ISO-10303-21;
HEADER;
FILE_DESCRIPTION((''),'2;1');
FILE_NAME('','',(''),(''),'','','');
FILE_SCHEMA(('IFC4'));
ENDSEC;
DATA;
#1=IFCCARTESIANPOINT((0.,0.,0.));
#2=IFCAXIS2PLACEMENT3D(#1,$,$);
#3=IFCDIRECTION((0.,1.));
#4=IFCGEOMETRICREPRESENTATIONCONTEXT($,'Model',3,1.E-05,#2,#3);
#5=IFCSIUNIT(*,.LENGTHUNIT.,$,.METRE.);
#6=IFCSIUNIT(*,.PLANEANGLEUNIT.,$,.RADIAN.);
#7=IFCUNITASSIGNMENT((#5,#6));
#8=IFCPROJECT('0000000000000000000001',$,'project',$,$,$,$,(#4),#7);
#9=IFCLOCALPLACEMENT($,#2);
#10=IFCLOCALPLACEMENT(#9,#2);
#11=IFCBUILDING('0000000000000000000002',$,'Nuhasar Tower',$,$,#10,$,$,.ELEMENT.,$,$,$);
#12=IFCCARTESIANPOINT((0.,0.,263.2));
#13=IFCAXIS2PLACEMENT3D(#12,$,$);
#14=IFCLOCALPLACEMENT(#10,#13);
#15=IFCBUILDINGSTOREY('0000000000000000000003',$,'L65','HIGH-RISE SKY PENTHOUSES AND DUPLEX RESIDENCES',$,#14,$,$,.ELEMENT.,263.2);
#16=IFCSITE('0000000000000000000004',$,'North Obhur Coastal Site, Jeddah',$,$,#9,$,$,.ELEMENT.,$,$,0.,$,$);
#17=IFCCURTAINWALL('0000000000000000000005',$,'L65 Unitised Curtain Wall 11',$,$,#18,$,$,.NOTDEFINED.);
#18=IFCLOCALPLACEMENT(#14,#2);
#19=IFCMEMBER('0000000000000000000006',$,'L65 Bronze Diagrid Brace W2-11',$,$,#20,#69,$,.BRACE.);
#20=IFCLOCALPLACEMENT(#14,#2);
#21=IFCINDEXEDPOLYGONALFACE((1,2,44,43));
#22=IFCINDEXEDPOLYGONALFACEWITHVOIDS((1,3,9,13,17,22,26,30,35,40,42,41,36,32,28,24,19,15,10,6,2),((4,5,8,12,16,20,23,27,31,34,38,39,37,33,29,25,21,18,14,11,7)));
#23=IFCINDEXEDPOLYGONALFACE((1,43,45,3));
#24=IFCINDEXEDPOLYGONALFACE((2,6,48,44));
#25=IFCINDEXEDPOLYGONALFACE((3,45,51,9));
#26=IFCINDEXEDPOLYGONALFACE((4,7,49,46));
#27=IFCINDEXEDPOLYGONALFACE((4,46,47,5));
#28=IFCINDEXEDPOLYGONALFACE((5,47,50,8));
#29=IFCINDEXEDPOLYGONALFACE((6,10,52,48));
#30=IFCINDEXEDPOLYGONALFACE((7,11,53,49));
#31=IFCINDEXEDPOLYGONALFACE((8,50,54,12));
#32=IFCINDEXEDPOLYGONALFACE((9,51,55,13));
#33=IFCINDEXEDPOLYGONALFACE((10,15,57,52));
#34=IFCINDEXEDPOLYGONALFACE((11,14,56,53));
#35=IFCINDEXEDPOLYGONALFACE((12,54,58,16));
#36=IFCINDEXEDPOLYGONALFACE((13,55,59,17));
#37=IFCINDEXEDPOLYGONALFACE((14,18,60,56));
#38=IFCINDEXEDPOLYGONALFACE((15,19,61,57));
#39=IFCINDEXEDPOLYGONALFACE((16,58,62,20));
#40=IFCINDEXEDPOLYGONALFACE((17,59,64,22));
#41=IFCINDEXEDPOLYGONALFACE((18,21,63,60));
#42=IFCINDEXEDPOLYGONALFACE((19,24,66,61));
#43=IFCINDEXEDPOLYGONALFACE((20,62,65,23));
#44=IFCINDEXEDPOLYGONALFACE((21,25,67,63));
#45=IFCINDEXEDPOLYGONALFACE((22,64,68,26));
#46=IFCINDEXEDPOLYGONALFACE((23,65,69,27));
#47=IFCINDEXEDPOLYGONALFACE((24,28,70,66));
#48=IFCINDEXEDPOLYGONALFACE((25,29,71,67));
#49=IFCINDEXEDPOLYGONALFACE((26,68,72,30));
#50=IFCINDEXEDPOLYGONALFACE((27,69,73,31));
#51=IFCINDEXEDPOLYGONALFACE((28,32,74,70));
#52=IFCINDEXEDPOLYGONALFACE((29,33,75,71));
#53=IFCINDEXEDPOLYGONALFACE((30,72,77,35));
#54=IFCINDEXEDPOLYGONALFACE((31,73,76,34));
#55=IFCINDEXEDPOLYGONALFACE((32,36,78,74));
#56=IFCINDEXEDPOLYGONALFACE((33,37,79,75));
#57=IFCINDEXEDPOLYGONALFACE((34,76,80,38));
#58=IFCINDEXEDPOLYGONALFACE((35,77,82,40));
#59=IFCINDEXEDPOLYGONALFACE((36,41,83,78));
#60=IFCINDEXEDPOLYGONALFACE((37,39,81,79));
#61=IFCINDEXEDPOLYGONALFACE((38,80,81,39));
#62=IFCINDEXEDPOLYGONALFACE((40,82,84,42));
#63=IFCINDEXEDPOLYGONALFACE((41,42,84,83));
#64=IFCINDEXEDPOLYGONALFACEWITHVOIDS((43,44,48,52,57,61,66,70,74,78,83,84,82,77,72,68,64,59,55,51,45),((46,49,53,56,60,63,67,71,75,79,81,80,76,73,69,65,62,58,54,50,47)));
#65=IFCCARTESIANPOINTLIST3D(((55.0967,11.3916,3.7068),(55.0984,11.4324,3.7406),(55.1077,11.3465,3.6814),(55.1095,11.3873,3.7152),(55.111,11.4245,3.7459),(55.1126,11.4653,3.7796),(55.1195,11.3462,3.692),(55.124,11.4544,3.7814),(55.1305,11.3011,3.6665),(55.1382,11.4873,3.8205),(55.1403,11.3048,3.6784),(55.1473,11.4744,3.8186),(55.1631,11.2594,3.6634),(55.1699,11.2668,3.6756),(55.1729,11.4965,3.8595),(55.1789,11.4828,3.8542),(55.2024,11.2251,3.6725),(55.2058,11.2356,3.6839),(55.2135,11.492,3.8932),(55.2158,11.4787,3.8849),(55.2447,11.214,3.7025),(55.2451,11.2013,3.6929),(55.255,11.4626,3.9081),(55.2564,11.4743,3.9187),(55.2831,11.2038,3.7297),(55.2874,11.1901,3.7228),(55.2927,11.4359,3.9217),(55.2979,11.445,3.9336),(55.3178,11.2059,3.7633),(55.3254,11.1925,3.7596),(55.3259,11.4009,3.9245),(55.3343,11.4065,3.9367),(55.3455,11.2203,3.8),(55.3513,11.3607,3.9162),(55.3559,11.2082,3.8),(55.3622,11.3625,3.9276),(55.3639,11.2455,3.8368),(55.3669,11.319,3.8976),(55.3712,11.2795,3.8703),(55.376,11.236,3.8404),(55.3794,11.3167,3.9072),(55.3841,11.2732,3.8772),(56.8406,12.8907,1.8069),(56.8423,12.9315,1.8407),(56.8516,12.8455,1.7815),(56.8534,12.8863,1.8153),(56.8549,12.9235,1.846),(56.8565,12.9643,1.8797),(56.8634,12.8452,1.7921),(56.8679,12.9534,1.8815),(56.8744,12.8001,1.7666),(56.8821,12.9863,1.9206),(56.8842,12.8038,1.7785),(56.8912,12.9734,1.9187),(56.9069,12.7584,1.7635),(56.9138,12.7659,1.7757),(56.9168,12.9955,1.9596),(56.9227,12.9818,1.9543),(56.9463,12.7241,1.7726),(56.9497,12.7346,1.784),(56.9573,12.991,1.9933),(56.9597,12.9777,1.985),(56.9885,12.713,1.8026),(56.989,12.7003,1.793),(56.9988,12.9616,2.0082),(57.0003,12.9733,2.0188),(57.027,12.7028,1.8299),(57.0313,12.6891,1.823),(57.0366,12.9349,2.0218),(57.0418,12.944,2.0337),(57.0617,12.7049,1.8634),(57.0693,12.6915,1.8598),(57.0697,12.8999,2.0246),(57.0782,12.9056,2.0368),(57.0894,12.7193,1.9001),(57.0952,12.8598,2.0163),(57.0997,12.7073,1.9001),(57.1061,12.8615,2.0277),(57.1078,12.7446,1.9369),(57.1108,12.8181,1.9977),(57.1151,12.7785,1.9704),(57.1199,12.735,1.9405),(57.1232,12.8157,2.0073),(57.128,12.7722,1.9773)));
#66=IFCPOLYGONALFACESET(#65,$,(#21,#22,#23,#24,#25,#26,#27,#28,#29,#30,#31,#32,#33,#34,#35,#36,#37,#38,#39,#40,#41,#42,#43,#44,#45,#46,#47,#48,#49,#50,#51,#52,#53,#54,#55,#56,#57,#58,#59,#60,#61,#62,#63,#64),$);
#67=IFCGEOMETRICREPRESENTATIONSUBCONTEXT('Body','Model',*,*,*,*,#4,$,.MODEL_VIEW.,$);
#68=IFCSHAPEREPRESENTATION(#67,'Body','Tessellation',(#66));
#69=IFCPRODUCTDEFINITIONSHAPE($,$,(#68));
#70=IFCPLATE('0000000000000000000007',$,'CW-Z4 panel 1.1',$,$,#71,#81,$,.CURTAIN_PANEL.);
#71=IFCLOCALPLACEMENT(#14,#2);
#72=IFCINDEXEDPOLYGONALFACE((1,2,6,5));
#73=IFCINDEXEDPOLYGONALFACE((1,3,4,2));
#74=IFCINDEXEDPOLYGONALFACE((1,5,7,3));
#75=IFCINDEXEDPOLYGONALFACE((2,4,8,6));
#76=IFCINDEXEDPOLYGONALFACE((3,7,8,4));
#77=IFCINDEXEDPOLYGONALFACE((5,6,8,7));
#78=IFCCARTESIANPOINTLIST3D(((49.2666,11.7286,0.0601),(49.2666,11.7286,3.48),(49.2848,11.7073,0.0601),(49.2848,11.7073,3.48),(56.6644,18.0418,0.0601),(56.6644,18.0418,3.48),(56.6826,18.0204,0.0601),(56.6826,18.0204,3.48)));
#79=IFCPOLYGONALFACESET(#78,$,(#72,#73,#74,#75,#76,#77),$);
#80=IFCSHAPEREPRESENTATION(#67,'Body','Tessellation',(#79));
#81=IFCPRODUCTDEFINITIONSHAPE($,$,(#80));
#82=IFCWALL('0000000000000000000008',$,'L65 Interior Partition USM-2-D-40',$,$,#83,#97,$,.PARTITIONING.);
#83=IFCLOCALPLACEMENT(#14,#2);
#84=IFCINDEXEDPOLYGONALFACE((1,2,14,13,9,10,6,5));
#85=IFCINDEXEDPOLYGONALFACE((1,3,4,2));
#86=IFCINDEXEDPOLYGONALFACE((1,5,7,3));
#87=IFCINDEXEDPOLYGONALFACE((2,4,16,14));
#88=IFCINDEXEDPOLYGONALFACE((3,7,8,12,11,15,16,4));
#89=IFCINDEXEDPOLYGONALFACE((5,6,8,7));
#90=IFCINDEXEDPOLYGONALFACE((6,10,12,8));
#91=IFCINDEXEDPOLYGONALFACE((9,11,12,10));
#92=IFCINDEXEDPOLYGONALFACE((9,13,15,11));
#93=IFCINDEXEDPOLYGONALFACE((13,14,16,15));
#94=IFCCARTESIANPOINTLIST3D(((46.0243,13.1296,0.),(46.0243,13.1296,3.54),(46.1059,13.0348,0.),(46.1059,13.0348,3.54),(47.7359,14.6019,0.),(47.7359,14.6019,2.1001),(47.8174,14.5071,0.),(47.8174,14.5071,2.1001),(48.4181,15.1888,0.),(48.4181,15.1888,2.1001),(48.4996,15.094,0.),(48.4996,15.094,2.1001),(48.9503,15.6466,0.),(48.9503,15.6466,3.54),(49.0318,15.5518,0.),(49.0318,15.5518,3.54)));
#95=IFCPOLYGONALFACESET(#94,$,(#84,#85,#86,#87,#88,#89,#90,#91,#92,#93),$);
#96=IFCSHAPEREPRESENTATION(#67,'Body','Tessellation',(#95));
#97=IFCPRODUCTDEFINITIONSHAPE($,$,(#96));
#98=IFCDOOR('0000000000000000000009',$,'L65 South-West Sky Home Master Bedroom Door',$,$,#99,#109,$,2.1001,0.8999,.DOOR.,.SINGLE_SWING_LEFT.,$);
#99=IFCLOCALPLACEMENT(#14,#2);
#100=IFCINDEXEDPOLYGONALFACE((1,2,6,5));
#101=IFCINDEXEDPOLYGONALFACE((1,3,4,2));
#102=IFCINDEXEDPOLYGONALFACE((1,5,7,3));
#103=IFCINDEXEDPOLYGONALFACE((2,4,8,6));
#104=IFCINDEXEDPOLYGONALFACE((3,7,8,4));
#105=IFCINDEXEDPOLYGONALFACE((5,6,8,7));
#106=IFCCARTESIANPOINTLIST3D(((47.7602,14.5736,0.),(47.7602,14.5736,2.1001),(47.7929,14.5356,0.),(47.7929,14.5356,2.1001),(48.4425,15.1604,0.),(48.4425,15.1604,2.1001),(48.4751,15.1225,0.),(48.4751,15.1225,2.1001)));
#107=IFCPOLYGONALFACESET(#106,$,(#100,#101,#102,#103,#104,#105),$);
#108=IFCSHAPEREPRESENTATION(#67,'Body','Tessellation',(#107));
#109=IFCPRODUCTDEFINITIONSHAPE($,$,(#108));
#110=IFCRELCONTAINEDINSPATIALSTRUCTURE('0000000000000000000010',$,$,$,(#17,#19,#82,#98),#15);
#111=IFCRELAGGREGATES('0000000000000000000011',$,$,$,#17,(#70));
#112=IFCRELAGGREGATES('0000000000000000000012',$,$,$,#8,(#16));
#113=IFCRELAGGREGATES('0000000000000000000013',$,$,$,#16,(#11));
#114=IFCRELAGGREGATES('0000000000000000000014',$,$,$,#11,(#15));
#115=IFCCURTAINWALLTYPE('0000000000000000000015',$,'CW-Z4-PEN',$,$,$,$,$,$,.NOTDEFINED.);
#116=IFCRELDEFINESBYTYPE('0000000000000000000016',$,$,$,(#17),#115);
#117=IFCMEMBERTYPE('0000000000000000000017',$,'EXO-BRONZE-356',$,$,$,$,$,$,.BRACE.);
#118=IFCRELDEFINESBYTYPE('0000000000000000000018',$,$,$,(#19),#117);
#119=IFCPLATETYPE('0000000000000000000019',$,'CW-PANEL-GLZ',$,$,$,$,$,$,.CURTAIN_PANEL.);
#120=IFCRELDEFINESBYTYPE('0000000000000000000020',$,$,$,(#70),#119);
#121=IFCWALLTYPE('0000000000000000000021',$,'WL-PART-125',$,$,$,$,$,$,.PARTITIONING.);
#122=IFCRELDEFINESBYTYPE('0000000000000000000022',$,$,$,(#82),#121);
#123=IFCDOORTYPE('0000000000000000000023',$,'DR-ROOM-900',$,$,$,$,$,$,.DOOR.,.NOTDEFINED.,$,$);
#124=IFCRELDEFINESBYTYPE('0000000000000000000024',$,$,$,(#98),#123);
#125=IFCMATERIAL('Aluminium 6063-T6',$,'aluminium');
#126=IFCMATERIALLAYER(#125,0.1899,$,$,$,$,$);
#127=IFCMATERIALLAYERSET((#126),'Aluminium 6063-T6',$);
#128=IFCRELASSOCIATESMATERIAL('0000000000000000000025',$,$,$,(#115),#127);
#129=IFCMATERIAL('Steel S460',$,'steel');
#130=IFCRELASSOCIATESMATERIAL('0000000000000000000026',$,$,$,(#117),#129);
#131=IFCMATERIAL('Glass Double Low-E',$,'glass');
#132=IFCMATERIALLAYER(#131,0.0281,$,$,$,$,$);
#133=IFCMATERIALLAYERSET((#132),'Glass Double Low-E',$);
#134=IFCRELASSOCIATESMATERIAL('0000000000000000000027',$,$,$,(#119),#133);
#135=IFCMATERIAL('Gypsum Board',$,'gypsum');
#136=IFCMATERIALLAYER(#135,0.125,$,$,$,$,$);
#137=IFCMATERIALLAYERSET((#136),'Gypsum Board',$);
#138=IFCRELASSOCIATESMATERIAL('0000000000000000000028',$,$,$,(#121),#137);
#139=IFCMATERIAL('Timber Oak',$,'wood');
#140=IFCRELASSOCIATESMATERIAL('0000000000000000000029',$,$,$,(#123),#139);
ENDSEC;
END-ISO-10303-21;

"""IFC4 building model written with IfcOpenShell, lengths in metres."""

from ifc_helpers import new_model, si_unit, direction, frame, frame_2d, origin, origin_2d, place, context, subcontext, project, spatial, rectangle, hollow_circle, extrude, material, layer, layer_set, material_profile, profile_set, type_object, element, fill, aggregate, save


model = new_model("IFC4")

# Units and contexts
model_context = context("Model", 3, precision=1e-05, world=origin(), true_north=direction((0.0, 1.0)))
body_context = subcontext(model_context, "Body", "Model", "MODEL_VIEW")
ifc_project = project(units=[si_unit("LENGTHUNIT", "METRE"), si_unit("PLANEANGLEUNIT", "RADIAN")], contexts=[model_context])

# Site, building, storey
site_placement = place(None, origin())
site = spatial("IfcSite", under=ifc_project, at=site_placement, Name="North Obhur Coastal Site, Jeddah", CompositionType="ELEMENT", RefElevation=0.0)
building_placement = place(site_placement, origin())
building = spatial("IfcBuilding", under=site, at=building_placement, Name="Nuhasar Tower", CompositionType="ELEMENT")
storey_placement = place(building_placement, frame((0.0, 0.0, 263.2)))
storey = spatial("IfcBuildingStorey", under=building, at=storey_placement, Name="L65", Description="HIGH-RISE SKY PENTHOUSES AND DUPLEX RESIDENCES", CompositionType="ELEMENT", Elevation=263.2)

# Shared definitions
ifc_material_1 = material(Name="Aluminium 6063-T6", Category="aluminium")
ifc_layer_1 = layer(ifc_material_1, 0.1899)
ifc_layer_set_1 = layer_set([ifc_layer_1], Name="Aluminium 6063-T6")
curtain_wall_type = type_object("IfcCurtainWallType", Name="CW-Z4-PEN", PredefinedType="NOTDEFINED", material=ifc_layer_set_1)

# Curtain wall
curtain_wall_1_placement = place(storey_placement, origin())
curtain_wall_1 = element("IfcCurtainWall", 1, at=curtain_wall_1_placement, inside=storey, type_object=curtain_wall_type, Name="L65 Unitised Curtain Wall 11", PredefinedType="NOTDEFINED")

# Member
ifc_material_2 = material(Name="Steel S460", Category="steel")
ifc_material_profile_1 = material_profile(ifc_material_2, hollow_circle(Radius=0.1777, WallThickness=0.0159, at=origin_2d()), Name="HSS355.6X15.9")
ifc_profile_set_1 = profile_set([ifc_material_profile_1], Name="Steel S460")
member_type_1 = type_object("IfcMemberType", Name="EXO-BRONZE-356", PredefinedType="BRACE", material=ifc_profile_set_1)
member_1_placement = place(storey_placement, frame((56.9839, 12.842, 1.9001), z_axis=(-0.584625, -0.502534, 0.636925), x_axis=(0.651857, -0.758342, 0.0)))
element("IfcMember", 2, at=member_1_placement, inside=storey, type_object=member_type_1, Name="L65 Bronze Diagrid Brace W2-11", PredefinedType="BRACE", context=body_context, shape_type="SweptSolid", body=[
    extrude(hollow_circle(Radius=0.1777, WallThickness=0.0159, at=origin_2d()), origin(), (0.0, 0.0, 1.0), 2.9829),
])

# Plate
ifc_material_3 = material(Name="Glass Double Low-E", Category="glass")
ifc_layer_2 = layer(ifc_material_3, 0.0281)
ifc_layer_set_2 = layer_set([ifc_layer_2], Name="Glass Double Low-E")
plate_type = type_object("IfcPlateType", Name="CW-PANEL-GLZ", PredefinedType="CURTAIN_PANEL", material=ifc_layer_set_2)
plate_placement = place(storey_placement, frame((52.9746, 14.8745, 0.0601), z_axis=(0.0, 0.0, 1.0), x_axis=(0.760667, 0.649142, 0.0)))
plate = element("IfcPlate", 3, at=plate_placement, type_object=plate_type, Name="CW-Z4 panel 1.1", PredefinedType="CURTAIN_PANEL", context=body_context, shape_type="SweptSolid", body=[
    extrude(rectangle(XDim=9.7253, YDim=0.0281, at=origin_2d()), origin(), (0.0, 0.0, 1.0), 3.4199),
])
aggregate(curtain_wall_1, [plate])

# Wall, opening, door
ifc_material_4 = material(Name="Gypsum Board", Category="gypsum")
ifc_layer_3 = layer(ifc_material_4, 0.125)
ifc_layer_set_3 = layer_set([ifc_layer_3], Name="Gypsum Board")
wall_type = type_object("IfcWallType", Name="WL-PART-125", PredefinedType="PARTITIONING", material=ifc_layer_set_3)
wall_placement = place(storey_placement, frame((48.991, 15.5991, 0.0), z_axis=(0.0, 0.0, 1.0), x_axis=(-0.758095, -0.652145, 0.0)))
wall = element("IfcWall", 4, at=wall_placement, inside=storey, type_object=wall_type, Name="L65 Interior Partition USM-2-D-40", PredefinedType="PARTITIONING", context=body_context, shape_type="SweptSolid", body=[
    extrude(rectangle(XDim=3.8596, YDim=0.125, at=frame_2d((1.9297, 0.0))), origin(), (0.0, 0.0, 1.0), 3.54),
])
opening_placement = place(wall_placement, frame((0.7019, 0.0, 0.0)))
opening = element("IfcOpeningElement", 5, at=opening_placement, cuts=wall, PredefinedType="OPENING", context=body_context, shape_type="SweptSolid", body=[
    extrude(rectangle(XDim=0.8999, YDim=2.1001, at=frame_2d((0.45, 1.05))), frame((0.0, 0.0725, 0.0), z_axis=(0.0, -1.0, 0.0), x_axis=(1.0, 0.0, 0.0)), (0.0, 0.0, 1.0), 0.145),
])
ifc_material_5 = material(Name="Timber Oak", Category="wood")
door_type = type_object("IfcDoorType", Name="DR-ROOM-900", OperationType="NOTDEFINED", PredefinedType="DOOR", material=ifc_material_5)
door_placement = place(opening_placement, origin())
door = element("IfcDoor", 6, at=door_placement, inside=storey, type_object=door_type, Name="L65 South-West Sky Home Master Bedroom Door", OperationType="SINGLE_SWING_LEFT", OverallHeight=2.1001, OverallWidth=0.8999, PredefinedType="DOOR", context=body_context, shape_type="SweptSolid", body=[
    extrude(rectangle(XDim=0.8999, YDim=2.1001, at=frame_2d((0.45, 1.05))), frame((0.0, 0.0249, 0.0), z_axis=(0.0, -1.0, 0.0), x_axis=(1.0, 0.0, 0.0)), (0.0, 0.0, 1.0), 0.05),
])
fill(opening, door)

save(model, "model.ifc")
